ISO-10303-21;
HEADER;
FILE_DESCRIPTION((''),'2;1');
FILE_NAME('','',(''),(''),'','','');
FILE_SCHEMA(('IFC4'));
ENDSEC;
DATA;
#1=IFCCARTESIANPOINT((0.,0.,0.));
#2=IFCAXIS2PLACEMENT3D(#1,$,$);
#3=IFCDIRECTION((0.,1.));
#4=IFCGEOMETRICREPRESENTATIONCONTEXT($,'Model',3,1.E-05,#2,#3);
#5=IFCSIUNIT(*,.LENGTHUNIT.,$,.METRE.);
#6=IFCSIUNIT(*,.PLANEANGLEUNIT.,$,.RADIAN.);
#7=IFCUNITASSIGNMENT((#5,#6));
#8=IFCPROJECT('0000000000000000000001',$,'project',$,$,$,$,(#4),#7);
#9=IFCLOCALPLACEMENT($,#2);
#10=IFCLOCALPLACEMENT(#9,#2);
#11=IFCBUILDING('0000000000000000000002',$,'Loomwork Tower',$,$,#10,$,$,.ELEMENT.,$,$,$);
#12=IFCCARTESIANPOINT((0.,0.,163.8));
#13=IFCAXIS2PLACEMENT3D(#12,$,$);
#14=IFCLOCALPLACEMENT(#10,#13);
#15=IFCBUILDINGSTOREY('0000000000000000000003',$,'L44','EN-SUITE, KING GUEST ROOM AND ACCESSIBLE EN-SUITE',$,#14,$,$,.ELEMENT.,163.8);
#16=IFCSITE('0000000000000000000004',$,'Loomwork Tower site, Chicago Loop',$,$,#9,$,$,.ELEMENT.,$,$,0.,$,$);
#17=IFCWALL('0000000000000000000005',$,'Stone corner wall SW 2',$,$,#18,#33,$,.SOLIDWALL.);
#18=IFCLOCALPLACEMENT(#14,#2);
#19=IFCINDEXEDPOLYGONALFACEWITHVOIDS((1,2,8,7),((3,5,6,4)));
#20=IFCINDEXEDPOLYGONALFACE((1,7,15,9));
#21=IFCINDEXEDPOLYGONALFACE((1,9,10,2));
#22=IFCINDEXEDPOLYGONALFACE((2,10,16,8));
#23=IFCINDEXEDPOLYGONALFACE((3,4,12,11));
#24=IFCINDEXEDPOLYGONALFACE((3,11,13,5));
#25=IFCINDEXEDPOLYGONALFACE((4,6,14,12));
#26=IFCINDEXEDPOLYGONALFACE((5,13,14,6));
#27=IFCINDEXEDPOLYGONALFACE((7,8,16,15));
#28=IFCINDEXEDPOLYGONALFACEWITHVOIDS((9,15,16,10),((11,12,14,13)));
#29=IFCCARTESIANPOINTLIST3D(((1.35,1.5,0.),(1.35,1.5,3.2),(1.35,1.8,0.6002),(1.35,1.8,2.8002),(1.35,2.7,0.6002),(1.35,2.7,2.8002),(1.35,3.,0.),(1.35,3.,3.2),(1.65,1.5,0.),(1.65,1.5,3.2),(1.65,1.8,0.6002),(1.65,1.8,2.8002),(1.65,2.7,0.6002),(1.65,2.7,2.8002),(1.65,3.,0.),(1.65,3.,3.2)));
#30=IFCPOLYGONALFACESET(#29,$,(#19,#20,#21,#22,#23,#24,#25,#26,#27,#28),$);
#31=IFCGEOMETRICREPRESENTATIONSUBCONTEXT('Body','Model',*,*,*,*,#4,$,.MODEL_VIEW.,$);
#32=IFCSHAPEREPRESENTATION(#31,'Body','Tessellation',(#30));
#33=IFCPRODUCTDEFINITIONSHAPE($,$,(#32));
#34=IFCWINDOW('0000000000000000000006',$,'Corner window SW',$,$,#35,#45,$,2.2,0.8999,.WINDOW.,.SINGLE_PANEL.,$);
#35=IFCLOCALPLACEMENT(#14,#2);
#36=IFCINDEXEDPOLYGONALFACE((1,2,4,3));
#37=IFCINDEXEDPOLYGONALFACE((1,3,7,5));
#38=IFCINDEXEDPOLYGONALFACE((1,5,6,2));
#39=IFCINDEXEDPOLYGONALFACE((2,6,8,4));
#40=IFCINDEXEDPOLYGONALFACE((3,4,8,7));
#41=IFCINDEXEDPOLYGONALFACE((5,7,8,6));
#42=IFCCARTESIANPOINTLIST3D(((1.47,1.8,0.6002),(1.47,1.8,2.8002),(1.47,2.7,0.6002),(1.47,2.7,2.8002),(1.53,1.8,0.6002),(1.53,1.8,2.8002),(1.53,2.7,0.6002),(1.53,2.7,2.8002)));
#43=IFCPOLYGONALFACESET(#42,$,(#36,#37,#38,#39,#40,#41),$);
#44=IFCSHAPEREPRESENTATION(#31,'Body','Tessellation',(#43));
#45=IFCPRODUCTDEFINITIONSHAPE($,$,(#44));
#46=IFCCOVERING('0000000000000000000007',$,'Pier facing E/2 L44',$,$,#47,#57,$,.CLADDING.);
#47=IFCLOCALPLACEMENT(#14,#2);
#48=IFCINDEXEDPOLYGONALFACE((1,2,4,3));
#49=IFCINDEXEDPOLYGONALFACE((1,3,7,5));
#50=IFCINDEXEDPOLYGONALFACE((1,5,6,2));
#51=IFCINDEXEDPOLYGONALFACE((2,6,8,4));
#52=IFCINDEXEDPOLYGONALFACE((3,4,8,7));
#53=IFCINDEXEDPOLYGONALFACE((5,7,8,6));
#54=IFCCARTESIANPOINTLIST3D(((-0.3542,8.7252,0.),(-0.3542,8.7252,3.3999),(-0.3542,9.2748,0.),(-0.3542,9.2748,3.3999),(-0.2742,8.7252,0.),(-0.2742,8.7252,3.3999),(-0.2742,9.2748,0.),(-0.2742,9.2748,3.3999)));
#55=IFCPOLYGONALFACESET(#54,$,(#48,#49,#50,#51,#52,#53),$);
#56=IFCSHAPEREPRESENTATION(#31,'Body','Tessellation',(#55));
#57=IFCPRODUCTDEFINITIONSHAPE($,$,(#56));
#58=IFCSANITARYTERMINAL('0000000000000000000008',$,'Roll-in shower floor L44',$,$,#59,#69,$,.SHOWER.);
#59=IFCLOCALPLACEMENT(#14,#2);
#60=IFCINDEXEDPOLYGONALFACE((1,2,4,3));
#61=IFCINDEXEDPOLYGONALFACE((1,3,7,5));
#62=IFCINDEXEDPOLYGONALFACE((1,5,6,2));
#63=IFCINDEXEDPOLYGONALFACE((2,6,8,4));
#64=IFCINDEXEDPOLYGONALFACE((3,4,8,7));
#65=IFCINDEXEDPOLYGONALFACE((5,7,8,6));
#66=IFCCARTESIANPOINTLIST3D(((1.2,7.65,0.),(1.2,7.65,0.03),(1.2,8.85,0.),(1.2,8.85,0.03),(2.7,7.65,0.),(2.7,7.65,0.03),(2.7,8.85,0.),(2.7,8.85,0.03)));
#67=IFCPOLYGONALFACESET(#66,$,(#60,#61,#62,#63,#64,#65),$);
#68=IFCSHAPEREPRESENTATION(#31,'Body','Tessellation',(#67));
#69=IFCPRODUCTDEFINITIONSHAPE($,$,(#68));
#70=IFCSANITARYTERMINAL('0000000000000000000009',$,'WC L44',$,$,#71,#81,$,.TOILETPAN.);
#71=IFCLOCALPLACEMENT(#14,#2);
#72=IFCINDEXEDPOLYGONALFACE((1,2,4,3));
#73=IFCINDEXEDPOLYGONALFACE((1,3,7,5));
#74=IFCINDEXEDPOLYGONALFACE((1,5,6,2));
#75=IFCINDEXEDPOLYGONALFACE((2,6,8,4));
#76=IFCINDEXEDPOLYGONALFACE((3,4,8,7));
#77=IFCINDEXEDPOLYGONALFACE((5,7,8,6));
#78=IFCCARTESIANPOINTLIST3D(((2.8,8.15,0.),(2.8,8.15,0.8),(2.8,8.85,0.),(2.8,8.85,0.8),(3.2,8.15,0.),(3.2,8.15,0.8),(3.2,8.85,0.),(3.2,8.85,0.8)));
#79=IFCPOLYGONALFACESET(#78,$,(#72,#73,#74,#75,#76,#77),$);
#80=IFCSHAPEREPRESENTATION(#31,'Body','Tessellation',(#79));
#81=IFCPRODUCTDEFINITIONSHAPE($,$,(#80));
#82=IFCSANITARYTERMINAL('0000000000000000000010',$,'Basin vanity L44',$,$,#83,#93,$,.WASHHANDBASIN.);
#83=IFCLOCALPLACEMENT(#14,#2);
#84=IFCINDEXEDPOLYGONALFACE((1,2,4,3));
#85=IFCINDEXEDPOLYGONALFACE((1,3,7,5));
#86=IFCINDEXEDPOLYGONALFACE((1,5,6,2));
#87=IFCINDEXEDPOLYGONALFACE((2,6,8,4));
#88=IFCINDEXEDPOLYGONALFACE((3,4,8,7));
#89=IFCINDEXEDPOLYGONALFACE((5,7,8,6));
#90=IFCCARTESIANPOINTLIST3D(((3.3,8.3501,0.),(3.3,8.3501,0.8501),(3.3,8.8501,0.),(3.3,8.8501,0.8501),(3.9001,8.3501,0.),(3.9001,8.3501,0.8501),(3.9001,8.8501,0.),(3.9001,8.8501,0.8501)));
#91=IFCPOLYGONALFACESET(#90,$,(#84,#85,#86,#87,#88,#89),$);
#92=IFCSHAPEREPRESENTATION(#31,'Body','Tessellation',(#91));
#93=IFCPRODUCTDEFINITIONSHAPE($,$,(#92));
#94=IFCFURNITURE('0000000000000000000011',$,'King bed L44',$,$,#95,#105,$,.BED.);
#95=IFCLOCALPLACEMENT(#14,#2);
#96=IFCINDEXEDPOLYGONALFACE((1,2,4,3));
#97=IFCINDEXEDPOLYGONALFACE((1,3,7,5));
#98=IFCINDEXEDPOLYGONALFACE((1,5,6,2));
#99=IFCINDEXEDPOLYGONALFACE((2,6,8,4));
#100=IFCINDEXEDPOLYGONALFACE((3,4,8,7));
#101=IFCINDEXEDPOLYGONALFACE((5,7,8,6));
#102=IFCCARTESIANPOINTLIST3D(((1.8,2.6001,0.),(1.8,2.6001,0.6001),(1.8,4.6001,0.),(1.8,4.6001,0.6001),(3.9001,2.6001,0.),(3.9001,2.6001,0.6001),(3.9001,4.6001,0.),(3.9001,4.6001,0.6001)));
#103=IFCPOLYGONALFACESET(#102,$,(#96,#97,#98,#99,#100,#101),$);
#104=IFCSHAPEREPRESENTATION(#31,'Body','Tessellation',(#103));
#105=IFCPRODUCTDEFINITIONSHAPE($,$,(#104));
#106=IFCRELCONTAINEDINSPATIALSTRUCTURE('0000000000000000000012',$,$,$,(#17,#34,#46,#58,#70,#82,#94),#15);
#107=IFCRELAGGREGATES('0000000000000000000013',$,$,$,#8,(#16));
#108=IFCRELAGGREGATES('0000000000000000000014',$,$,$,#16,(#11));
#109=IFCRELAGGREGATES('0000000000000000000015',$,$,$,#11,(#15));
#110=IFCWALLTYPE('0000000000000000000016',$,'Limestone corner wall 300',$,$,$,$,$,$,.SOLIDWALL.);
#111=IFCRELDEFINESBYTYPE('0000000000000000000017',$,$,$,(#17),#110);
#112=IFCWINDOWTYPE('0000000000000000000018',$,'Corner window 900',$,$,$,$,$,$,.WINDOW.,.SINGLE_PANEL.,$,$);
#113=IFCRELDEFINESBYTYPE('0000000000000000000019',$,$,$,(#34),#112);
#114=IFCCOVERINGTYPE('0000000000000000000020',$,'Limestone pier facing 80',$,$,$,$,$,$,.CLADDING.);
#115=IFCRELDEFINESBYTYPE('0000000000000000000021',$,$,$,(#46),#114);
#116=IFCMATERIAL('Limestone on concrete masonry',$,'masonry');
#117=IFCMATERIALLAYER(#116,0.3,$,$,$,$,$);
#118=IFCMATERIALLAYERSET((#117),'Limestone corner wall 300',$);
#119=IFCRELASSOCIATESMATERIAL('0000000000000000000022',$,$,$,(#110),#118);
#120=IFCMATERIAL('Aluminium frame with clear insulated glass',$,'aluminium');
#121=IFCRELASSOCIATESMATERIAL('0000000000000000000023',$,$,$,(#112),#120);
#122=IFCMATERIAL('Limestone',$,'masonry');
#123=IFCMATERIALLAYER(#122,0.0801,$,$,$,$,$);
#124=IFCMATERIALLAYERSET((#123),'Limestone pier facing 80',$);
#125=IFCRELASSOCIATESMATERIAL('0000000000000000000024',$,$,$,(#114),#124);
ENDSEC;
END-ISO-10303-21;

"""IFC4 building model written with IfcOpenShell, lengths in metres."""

from ifc_helpers import new_model, si_unit, direction, frame, frame_2d, origin, origin_2d, place, context, subcontext, project, spatial, rectangle, extrude, material, layer, layer_set, type_object, element, fill, save


model = new_model("IFC4")

# Units and contexts
model_context = context("Model", 3, precision=1e-05, world=origin(), true_north=direction((0.0, 1.0)))
body_context = subcontext(model_context, "Body", "Model", "MODEL_VIEW")
ifc_project = project(units=[si_unit("LENGTHUNIT", "METRE"), si_unit("PLANEANGLEUNIT", "RADIAN")], contexts=[model_context])

# Site, building, storey
site_placement = place(None, origin())
site = spatial("IfcSite", under=ifc_project, at=site_placement, Name="Loomwork Tower site, Chicago Loop", CompositionType="ELEMENT", RefElevation=0.0)
building_placement = place(site_placement, origin())
building = spatial("IfcBuilding", under=site, at=building_placement, Name="Loomwork Tower", CompositionType="ELEMENT")
storey_placement = place(building_placement, frame((0.0, 0.0, 163.8)))
storey = spatial("IfcBuildingStorey", under=building, at=storey_placement, Name="L44", Description="EN-SUITE, KING GUEST ROOM AND ACCESSIBLE EN-SUITE", CompositionType="ELEMENT", Elevation=163.8)

# Wall, opening, window
ifc_material_1 = material(Name="Limestone on concrete masonry", Category="masonry")
ifc_layer_1 = layer(ifc_material_1, 0.3)
ifc_layer_set_1 = layer_set([ifc_layer_1], Name="Limestone corner wall 300")
wall_type_1 = type_object("IfcWallType", Name="Limestone corner wall 300", PredefinedType="SOLIDWALL", material=ifc_layer_set_1)
wall_1_placement = place(storey_placement, frame((1.5, 3.0, 0.0), z_axis=(0.0, 0.0, 1.0), x_axis=(0.0, -1.0, 0.0)))
wall_1 = element("IfcWall", 1, at=wall_1_placement, inside=storey, type_object=wall_type_1, Name="Stone corner wall SW 2", PredefinedType="SOLIDWALL", context=body_context, shape_type="SweptSolid", body=[
    extrude(rectangle(XDim=1.5, YDim=0.3, at=frame_2d((0.75, 0.0))), origin(), (0.0, 0.0, 1.0), 3.2),
])
opening_1_placement = place(wall_1_placement, frame((0.3, 0.0, 0.6001)))
opening_1 = element("IfcOpeningElement", 2, at=opening_1_placement, cuts=wall_1, PredefinedType="OPENING", context=body_context, shape_type="SweptSolid", body=[
    extrude(rectangle(XDim=0.8999, YDim=2.2, at=frame_2d((0.45, 1.1001))), frame((0.0, 0.1599, 0.0), z_axis=(0.0, -1.0, 0.0), x_axis=(1.0, 0.0, 0.0)), (0.0, 0.0, 1.0), 0.3201),
])
ifc_material_2 = material(Name="Aluminium frame with clear insulated glass", Category="aluminium")
window_type_1 = type_object("IfcWindowType", Name="Corner window 900", PartitioningType="SINGLE_PANEL", PredefinedType="WINDOW", material=ifc_material_2)
window_1_placement = place(opening_1_placement, origin())
window_1 = element("IfcWindow", 3, at=window_1_placement, inside=storey, type_object=window_type_1, Name="Corner window SW", OverallHeight=2.2, OverallWidth=0.8999, PartitioningType="SINGLE_PANEL", PredefinedType="WINDOW", context=body_context, shape_type="SweptSolid", body=[
    extrude(rectangle(XDim=0.8999, YDim=2.2, at=frame_2d((0.45, 1.1001))), frame((0.0, 0.03, 0.0), z_axis=(0.0, -1.0, 0.0), x_axis=(1.0, 0.0, 0.0)), (0.0, 0.0, 1.0), 0.0601),
])
fill(opening_1, window_1)

# Covering
ifc_material_3 = material(Name="Limestone", Category="masonry")
ifc_layer_2 = layer(ifc_material_3, 0.0801)
ifc_layer_set_2 = layer_set([ifc_layer_2], Name="Limestone pier facing 80")
covering_type = type_object("IfcCoveringType", Name="Limestone pier facing 80", PredefinedType="CLADDING", material=ifc_layer_set_2)
covering_placement = place(storey_placement, frame((-0.3142, 9.0, 0.0), z_axis=(0.0, 0.0, 1.0), x_axis=(1.0, 0.0, 0.0)))
element("IfcCovering", 4, at=covering_placement, inside=storey, type_object=covering_type, Name="Pier facing E/2 L44", PredefinedType="CLADDING", context=body_context, shape_type="SweptSolid", body=[
    extrude(rectangle(XDim=0.0801, YDim=0.5496, at=origin_2d()), origin(), (0.0, 0.0, 1.0), 3.3999),
])

# Sanitary terminals
sanitary_terminal_1_placement = place(storey_placement, frame((1.95, 8.25, 0.0), z_axis=(0.0, 0.0, 1.0), x_axis=(1.0, 0.0, 0.0)))
element("IfcSanitaryTerminal", 5, at=sanitary_terminal_1_placement, inside=storey, Name="Roll-in shower floor L44", PredefinedType="SHOWER", context=body_context, shape_type="SweptSolid", body=[
    extrude(rectangle(XDim=1.5, YDim=1.2, at=origin_2d()), origin(), (0.0, 0.0, 1.0), 0.03),
])
sanitary_terminal_2_placement = place(storey_placement, frame((3.0, 8.5, 0.0), z_axis=(0.0, 0.0, 1.0), x_axis=(1.0, 0.0, 0.0)))
element("IfcSanitaryTerminal", 6, at=sanitary_terminal_2_placement, inside=storey, Name="WC L44", PredefinedType="TOILETPAN", context=body_context, shape_type="SweptSolid", body=[
    extrude(rectangle(XDim=0.3999, YDim=0.7, at=origin_2d()), origin(), (0.0, 0.0, 1.0), 0.8),
])
sanitary_terminal_3_placement = place(storey_placement, frame((3.6001, 8.6001, 0.0), z_axis=(0.0, 0.0, 1.0), x_axis=(1.0, 0.0, 0.0)))
element("IfcSanitaryTerminal", 7, at=sanitary_terminal_3_placement, inside=storey, Name="Basin vanity L44", PredefinedType="WASHHANDBASIN", context=body_context, shape_type="SweptSolid", body=[
    extrude(rectangle(XDim=0.6001, YDim=0.5, at=origin_2d()), origin(), (0.0, 0.0, 1.0), 0.8501),
])

# Furniture
furniture_placement = place(storey_placement, frame((2.8501, 3.6001, 0.0), z_axis=(0.0, 0.0, 1.0), x_axis=(1.0, 0.0, 0.0)))
element("IfcFurniture", 8, at=furniture_placement, inside=storey, Name="King bed L44", PredefinedType="BED", context=body_context, shape_type="SweptSolid", body=[
    extrude(rectangle(XDim=2.1001, YDim=2.0, at=origin_2d()), origin(), (0.0, 0.0, 1.0), 0.6001),
])

save(model, "model.ifc")
